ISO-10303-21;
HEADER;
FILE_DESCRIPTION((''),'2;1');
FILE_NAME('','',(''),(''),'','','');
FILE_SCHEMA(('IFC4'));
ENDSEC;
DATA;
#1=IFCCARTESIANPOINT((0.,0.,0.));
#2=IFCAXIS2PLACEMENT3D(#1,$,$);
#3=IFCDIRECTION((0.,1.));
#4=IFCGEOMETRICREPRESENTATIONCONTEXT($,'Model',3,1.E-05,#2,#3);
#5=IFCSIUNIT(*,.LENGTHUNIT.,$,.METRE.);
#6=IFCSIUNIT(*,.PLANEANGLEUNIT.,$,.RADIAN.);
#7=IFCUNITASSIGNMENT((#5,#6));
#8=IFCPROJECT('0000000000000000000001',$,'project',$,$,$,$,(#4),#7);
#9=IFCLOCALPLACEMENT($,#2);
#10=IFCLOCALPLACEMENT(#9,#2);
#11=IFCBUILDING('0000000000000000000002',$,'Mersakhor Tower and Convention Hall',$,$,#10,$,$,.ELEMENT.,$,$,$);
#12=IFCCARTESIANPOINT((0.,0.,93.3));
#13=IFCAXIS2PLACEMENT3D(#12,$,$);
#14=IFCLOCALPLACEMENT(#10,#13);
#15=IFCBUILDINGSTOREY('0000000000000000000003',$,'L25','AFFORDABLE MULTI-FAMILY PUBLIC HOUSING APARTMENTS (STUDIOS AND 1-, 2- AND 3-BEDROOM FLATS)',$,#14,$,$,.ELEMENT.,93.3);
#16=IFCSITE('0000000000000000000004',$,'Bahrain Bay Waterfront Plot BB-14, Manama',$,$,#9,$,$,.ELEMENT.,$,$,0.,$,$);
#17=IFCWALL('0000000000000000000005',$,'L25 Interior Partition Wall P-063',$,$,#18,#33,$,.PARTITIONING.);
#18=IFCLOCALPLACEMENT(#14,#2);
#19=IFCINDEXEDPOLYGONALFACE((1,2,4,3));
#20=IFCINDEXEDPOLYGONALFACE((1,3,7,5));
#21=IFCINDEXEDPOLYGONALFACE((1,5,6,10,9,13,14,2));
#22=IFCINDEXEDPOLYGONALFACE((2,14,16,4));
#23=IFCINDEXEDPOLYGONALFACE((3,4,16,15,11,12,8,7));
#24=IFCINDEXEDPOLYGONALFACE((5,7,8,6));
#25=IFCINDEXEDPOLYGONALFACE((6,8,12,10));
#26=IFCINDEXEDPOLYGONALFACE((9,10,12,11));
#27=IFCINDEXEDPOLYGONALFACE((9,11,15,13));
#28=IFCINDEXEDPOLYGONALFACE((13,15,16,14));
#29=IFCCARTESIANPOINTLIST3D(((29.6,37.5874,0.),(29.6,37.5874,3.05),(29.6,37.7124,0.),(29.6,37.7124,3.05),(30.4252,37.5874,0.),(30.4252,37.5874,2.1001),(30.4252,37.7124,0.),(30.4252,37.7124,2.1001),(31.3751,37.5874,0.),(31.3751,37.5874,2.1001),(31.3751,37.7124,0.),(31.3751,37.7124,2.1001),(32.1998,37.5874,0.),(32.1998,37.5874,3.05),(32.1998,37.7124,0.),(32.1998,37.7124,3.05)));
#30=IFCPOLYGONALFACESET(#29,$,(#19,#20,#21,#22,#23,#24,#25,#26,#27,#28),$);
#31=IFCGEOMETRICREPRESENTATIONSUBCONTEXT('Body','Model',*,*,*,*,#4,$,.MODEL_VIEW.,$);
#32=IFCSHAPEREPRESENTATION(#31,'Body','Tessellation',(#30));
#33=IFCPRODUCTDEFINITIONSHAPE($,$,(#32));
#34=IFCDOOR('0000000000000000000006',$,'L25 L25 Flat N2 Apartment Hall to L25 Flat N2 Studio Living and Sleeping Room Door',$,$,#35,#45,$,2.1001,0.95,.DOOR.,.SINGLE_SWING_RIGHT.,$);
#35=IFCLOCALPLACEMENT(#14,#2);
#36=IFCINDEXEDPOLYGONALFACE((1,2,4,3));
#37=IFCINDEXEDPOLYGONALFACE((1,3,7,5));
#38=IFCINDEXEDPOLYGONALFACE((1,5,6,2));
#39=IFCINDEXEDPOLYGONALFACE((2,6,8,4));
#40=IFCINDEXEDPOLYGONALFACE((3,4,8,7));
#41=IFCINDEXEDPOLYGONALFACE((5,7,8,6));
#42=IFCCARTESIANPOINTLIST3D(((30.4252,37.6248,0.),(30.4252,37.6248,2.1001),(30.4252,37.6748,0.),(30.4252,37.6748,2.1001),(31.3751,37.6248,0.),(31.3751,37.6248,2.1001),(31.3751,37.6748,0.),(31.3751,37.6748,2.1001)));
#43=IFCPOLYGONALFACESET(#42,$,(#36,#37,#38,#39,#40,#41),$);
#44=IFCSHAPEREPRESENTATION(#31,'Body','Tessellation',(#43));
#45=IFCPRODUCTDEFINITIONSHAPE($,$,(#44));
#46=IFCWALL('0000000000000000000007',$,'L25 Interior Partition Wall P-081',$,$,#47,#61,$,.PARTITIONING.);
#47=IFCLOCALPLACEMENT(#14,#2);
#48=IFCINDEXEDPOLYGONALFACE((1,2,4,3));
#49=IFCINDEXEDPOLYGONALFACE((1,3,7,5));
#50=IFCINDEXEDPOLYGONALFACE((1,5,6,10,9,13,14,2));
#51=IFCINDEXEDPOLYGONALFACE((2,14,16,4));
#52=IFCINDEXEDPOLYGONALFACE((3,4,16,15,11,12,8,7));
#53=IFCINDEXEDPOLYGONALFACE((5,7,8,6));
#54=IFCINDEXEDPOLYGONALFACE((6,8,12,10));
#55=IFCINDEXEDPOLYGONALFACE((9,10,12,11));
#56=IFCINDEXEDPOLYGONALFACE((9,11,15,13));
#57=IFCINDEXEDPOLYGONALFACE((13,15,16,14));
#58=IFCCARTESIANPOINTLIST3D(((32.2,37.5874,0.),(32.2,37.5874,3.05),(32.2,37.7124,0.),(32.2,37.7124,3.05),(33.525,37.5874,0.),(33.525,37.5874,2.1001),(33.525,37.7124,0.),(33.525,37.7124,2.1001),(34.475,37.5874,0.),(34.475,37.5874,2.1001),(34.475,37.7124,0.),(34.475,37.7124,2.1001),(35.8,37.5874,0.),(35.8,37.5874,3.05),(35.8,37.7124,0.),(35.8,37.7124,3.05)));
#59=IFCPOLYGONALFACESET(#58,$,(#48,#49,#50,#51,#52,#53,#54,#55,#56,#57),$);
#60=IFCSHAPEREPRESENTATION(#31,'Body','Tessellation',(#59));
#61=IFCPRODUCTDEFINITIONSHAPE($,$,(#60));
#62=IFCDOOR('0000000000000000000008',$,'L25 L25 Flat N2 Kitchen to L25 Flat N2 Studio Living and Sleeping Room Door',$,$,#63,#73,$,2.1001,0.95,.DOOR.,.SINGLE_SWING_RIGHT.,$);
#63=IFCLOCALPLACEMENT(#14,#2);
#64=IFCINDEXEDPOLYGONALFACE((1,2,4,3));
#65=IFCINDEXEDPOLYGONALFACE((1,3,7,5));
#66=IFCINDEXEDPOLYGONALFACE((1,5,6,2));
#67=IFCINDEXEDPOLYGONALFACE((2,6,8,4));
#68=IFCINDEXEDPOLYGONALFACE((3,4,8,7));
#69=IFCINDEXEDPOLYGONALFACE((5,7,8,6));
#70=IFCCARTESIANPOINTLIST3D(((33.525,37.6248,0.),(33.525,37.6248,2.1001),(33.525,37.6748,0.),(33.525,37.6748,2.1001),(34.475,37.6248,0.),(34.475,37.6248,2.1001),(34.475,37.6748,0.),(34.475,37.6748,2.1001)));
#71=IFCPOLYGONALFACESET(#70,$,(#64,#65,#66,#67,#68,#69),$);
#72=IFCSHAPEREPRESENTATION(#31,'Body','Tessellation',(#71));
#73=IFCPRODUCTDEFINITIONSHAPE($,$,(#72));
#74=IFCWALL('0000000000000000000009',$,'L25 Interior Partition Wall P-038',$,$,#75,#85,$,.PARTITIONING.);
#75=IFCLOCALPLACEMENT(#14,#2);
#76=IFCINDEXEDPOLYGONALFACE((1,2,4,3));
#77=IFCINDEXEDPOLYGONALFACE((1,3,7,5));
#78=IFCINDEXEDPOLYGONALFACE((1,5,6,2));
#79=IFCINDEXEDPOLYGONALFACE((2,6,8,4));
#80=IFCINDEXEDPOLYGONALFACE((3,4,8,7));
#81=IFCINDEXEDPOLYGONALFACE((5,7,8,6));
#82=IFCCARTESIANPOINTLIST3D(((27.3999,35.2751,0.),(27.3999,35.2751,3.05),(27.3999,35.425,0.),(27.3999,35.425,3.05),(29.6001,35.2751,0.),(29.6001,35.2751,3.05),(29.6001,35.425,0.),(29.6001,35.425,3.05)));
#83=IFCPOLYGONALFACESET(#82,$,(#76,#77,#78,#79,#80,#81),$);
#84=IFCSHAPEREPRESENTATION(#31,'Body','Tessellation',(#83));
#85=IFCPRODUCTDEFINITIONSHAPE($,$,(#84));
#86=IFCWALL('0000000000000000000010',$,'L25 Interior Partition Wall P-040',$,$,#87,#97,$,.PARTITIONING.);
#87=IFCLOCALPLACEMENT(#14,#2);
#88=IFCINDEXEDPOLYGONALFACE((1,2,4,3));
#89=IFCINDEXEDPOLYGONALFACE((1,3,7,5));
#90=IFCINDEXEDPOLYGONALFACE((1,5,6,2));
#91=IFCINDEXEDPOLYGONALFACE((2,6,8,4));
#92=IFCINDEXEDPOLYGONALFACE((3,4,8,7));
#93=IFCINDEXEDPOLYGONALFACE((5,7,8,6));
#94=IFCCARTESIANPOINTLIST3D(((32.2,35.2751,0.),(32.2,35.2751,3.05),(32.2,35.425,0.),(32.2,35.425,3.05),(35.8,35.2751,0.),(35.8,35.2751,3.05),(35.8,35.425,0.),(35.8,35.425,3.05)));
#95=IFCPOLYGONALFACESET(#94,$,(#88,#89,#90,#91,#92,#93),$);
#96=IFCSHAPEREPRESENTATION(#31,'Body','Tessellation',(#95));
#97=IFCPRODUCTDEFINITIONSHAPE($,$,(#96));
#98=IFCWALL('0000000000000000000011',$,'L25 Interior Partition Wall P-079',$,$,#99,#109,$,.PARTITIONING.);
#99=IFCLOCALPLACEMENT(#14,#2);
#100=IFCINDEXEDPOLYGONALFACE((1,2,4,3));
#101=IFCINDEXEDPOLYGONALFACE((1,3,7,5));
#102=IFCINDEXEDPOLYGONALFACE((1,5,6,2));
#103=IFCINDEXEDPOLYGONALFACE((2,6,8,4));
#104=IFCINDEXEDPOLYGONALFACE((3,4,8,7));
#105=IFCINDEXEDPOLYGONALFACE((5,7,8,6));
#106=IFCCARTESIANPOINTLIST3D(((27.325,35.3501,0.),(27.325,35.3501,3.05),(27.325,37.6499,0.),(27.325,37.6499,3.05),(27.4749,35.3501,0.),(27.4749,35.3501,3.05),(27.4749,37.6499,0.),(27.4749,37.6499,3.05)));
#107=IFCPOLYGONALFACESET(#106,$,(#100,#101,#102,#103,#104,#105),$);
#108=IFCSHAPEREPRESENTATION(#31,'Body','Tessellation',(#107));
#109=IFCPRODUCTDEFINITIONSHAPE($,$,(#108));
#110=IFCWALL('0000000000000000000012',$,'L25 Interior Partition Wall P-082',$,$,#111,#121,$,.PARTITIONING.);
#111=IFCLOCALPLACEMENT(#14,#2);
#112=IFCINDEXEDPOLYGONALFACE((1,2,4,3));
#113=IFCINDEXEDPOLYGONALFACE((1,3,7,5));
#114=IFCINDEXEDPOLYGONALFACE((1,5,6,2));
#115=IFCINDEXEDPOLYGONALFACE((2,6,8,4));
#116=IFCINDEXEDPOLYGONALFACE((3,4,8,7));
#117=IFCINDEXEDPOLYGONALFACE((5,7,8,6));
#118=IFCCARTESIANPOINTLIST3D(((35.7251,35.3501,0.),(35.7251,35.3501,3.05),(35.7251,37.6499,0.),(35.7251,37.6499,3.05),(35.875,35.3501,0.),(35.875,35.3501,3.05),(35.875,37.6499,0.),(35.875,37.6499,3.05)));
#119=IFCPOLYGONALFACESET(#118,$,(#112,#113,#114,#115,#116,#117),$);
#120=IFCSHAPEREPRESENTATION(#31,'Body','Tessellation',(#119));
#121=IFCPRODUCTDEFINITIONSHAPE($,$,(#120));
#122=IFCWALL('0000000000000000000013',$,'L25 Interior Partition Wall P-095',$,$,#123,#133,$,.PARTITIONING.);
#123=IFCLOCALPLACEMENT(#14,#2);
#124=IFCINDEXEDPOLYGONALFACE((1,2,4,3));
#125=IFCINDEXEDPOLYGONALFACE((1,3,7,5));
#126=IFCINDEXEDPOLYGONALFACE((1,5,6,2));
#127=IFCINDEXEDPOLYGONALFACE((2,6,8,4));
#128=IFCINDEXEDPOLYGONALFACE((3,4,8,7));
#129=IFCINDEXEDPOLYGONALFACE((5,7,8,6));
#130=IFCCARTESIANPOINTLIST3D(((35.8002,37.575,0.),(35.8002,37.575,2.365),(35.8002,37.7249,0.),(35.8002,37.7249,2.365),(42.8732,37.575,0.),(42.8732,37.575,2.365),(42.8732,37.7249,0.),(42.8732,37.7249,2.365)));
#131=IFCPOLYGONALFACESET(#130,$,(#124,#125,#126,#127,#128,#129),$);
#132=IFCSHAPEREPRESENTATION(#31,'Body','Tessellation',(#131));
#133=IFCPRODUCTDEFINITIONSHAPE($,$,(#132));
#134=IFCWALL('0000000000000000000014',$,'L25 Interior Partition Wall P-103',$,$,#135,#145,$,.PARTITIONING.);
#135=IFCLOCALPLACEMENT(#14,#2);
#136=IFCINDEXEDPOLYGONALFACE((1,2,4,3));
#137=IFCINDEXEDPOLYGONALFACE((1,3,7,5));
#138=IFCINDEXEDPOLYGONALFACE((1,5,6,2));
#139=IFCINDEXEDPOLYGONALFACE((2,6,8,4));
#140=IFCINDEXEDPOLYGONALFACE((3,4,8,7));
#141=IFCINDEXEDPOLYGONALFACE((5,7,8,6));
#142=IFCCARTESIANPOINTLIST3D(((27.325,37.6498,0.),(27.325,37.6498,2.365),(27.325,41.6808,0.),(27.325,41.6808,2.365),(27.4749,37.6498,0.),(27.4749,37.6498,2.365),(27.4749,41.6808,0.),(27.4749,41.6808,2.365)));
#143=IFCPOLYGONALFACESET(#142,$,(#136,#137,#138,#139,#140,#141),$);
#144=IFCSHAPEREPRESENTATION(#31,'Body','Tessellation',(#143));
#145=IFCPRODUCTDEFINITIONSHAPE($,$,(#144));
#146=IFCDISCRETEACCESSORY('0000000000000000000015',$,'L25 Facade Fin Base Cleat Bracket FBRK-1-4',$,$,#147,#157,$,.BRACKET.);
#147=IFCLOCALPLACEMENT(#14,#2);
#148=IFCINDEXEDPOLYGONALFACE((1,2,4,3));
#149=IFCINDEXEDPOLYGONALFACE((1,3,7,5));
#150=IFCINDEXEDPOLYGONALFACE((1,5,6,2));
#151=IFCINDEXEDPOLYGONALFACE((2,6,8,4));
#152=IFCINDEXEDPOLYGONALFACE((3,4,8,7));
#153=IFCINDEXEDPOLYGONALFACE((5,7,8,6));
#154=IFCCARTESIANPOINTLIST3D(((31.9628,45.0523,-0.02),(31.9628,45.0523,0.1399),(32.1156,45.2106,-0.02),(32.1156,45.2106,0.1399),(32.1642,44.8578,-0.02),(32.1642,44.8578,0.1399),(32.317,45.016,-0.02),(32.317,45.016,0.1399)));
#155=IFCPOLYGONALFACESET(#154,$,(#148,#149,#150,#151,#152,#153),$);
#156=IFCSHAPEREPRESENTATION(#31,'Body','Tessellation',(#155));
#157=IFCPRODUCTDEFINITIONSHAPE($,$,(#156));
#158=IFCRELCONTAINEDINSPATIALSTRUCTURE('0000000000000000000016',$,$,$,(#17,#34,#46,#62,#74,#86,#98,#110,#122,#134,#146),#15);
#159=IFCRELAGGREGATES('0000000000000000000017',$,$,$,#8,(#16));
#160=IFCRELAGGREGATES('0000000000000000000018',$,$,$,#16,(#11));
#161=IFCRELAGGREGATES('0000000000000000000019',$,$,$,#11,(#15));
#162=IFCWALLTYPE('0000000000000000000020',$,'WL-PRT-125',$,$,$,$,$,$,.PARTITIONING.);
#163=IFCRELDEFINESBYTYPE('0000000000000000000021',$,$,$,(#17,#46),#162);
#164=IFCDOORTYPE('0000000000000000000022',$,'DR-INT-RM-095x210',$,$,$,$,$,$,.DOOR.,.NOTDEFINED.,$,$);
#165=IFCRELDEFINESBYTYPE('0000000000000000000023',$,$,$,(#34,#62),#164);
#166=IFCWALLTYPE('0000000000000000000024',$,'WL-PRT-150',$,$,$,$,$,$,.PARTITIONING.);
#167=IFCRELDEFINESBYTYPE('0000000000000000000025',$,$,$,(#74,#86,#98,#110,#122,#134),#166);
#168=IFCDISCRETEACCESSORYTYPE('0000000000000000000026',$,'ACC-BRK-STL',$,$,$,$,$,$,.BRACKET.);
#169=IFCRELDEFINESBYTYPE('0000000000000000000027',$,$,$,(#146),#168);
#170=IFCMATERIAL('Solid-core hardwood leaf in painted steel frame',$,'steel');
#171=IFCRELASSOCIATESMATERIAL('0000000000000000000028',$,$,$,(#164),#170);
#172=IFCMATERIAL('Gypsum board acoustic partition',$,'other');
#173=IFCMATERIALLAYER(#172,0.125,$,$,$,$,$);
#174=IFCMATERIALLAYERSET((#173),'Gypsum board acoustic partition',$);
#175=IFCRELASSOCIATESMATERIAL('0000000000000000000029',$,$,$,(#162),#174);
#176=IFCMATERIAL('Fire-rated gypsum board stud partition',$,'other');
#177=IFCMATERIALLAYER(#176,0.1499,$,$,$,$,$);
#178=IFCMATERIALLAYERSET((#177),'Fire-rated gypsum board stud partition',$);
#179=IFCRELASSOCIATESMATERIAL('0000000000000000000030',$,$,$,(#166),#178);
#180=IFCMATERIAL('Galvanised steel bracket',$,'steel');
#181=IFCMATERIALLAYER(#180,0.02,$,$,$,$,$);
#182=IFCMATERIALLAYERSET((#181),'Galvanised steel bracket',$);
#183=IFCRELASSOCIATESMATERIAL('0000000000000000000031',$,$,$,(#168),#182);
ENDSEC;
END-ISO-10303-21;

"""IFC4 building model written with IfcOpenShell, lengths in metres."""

from ifc_helpers import new_model, si_unit, direction, frame, frame_2d, origin, origin_2d, place, context, subcontext, project, spatial, rectangle, extrude, material, layer, layer_set, type_object, element, fill, save


model = new_model("IFC4")

# Units and contexts
model_context = context("Model", 3, precision=1e-05, world=origin(), true_north=direction((0.0, 1.0)))
body_context = subcontext(model_context, "Body", "Model", "MODEL_VIEW")
ifc_project = project(units=[si_unit("LENGTHUNIT", "METRE"), si_unit("PLANEANGLEUNIT", "RADIAN")], contexts=[model_context])

# Site, building, storey
site_placement = place(None, origin())
site = spatial("IfcSite", under=ifc_project, at=site_placement, Name="Bahrain Bay Waterfront Plot BB-14, Manama", CompositionType="ELEMENT", RefElevation=0.0)
building_placement = place(site_placement, origin())
building = spatial("IfcBuilding", under=site, at=building_placement, Name="Mersakhor Tower and Convention Hall", CompositionType="ELEMENT")
storey_placement = place(building_placement, frame((0.0, 0.0, 93.3)))
storey = spatial("IfcBuildingStorey", under=building, at=storey_placement, Name="L25", Description="AFFORDABLE MULTI-FAMILY PUBLIC HOUSING APARTMENTS (STUDIOS AND 1-, 2- AND 3-BEDROOM FLATS)", CompositionType="ELEMENT", Elevation=93.3)

# Walls, openings, doors
ifc_material_1 = material(Name="Solid-core hardwood leaf in painted steel frame", Category="steel")
door_type_1 = type_object("IfcDoorType", Name="DR-INT-RM-095x210", OperationType="NOTDEFINED", PredefinedType="DOOR", material=ifc_material_1)
ifc_material_2 = material(Name="Gypsum board acoustic partition", Category="other")
ifc_layer_1 = layer(ifc_material_2, 0.125)
ifc_layer_set_1 = layer_set([ifc_layer_1], Name="Gypsum board acoustic partition")
wall_type_1 = type_object("IfcWallType", Name="WL-PRT-125", PredefinedType="PARTITIONING", material=ifc_layer_set_1)
wall_1_placement = place(storey_placement, frame((29.6001, 37.6499, 0.0), z_axis=(0.0, 0.0, 1.0), x_axis=(1.0, 0.0, 0.0)))
wall_1 = element("IfcWall", 1, at=wall_1_placement, inside=storey, type_object=wall_type_1, Name="L25 Interior Partition Wall P-063", PredefinedType="PARTITIONING", context=body_context, shape_type="SweptSolid", body=[
    extrude(rectangle(XDim=2.5999, YDim=0.125, at=frame_2d((1.2998, 0.0))), origin(), (0.0, 0.0, 1.0), 3.05),
])
opening_1_placement = place(wall_1_placement, frame((0.825, 0.0, 0.0)))
opening_1 = element("IfcOpeningElement", 2, at=opening_1_placement, cuts=wall_1, PredefinedType="OPENING", context=body_context, shape_type="SweptSolid", body=[
    extrude(rectangle(XDim=0.95, YDim=2.1001, at=frame_2d((0.4751, 1.05))), frame((0.0, 0.0725, 0.0), z_axis=(0.0, -1.0, 0.0), x_axis=(1.0, 0.0, 0.0)), (0.0, 0.0, 1.0), 0.145),
])
door_1_placement = place(opening_1_placement, origin())
door_1 = element("IfcDoor", 3, at=door_1_placement, inside=storey, type_object=door_type_1, Name="L25 L25 Flat N2 Apartment Hall to L25 Flat N2 Studio Living and Sleeping Room Door", OperationType="SINGLE_SWING_RIGHT", OverallHeight=2.1001, OverallWidth=0.95, PredefinedType="DOOR", context=body_context, shape_type="SweptSolid", body=[
    extrude(rectangle(XDim=0.95, YDim=2.1001, at=frame_2d((0.4751, 1.05))), frame((0.0, 0.0249, 0.0), z_axis=(0.0, -1.0, 0.0), x_axis=(1.0, 0.0, 0.0)), (0.0, 0.0, 1.0), 0.05),
])
fill(opening_1, door_1)
wall_2_placement = place(storey_placement, frame((32.2, 37.6499, 0.0), z_axis=(0.0, 0.0, 1.0), x_axis=(1.0, 0.0, 0.0)))
wall_2 = element("IfcWall", 4, at=wall_2_placement, inside=storey, type_object=wall_type_1, Name="L25 Interior Partition Wall P-081", PredefinedType="PARTITIONING", context=body_context, shape_type="SweptSolid", body=[
    extrude(rectangle(XDim=3.6001, YDim=0.125, at=frame_2d((1.8, 0.0))), origin(), (0.0, 0.0, 1.0), 3.05),
])
opening_2_placement = place(wall_2_placement, frame((1.325, 0.0, 0.0)))
opening_2 = element("IfcOpeningElement", 5, at=opening_2_placement, cuts=wall_2, PredefinedType="OPENING", context=body_context, shape_type="SweptSolid", body=[
    extrude(rectangle(XDim=0.95, YDim=2.1001, at=frame_2d((0.4751, 1.05))), frame((0.0, 0.0725, 0.0), z_axis=(0.0, -1.0, 0.0), x_axis=(1.0, 0.0, 0.0)), (0.0, 0.0, 1.0), 0.145),
])
door_2_placement = place(opening_2_placement, origin())
door_2 = element("IfcDoor", 6, at=door_2_placement, inside=storey, type_object=door_type_1, Name="L25 L25 Flat N2 Kitchen to L25 Flat N2 Studio Living and Sleeping Room Door", OperationType="SINGLE_SWING_RIGHT", OverallHeight=2.1001, OverallWidth=0.95, PredefinedType="DOOR", context=body_context, shape_type="SweptSolid", body=[
    extrude(rectangle(XDim=0.95, YDim=2.1001, at=frame_2d((0.4751, 1.05))), frame((0.0, 0.0249, 0.0), z_axis=(0.0, -1.0, 0.0), x_axis=(1.0, 0.0, 0.0)), (0.0, 0.0, 1.0), 0.05),
])
fill(opening_2, door_2)

# Wall
ifc_material_3 = material(Name="Fire-rated gypsum board stud partition", Category="other")
ifc_layer_2 = layer(ifc_material_3, 0.1499)
ifc_layer_set_2 = layer_set([ifc_layer_2], Name="Fire-rated gypsum board stud partition")
wall_type_2 = type_object("IfcWallType", Name="WL-PRT-150", PredefinedType="PARTITIONING", material=ifc_layer_set_2)
wall_3_placement = place(storey_placement, frame((27.3999, 35.3501, 0.0), z_axis=(0.0, 0.0, 1.0), x_axis=(1.0, 0.0, 0.0)))
element("IfcWall", 7, at=wall_3_placement, inside=storey, type_object=wall_type_2, Name="L25 Interior Partition Wall P-038", PredefinedType="PARTITIONING", context=body_context, shape_type="SweptSolid", body=[
    extrude(rectangle(XDim=2.2002, YDim=0.1499, at=frame_2d((1.1001, 0.0))), origin(), (0.0, 0.0, 1.0), 3.05),
])

# Wall
wall_4_placement = place(storey_placement, frame((32.2, 35.3501, 0.0), z_axis=(0.0, 0.0, 1.0), x_axis=(1.0, 0.0, 0.0)))
element("IfcWall", 8, at=wall_4_placement, inside=storey, type_object=wall_type_2, Name="L25 Interior Partition Wall P-040", PredefinedType="PARTITIONING", context=body_context, shape_type="SweptSolid", body=[
    extrude(rectangle(XDim=3.6001, YDim=0.1499, at=frame_2d((1.8, 0.0))), origin(), (0.0, 0.0, 1.0), 3.05),
])

# Walls
for number, where, z_axis, x_axis, name in (
    (9, (27.3999, 37.6499, 0.0), (0.0, 0.0, 1.0), (0.0, -1.0, 0.0), "L25 Interior Partition Wall P-079"),
    (10, (35.8, 37.6499, 0.0), (0.0, 0.0, 1.0), (0.0, -1.0, 0.0), "L25 Interior Partition Wall P-082"),
):
    element("IfcWall", number, at=place(storey_placement, frame(where, z_axis=z_axis, x_axis=x_axis)), inside=storey, type_object=wall_type_2, Name=name, PredefinedType="PARTITIONING", context=body_context, shape_type="SweptSolid", body=[
        extrude(rectangle(XDim=2.2998, YDim=0.1499, at=frame_2d((1.1499, 0.0))), origin(), (0.0, 0.0, 1.0), 3.05),
    ])
wall_5_placement = place(storey_placement, frame((35.8, 37.6499, 0.0), z_axis=(0.0, 0.0, 1.0), x_axis=(1.0, 0.0, 0.0)))
element("IfcWall", 11, at=wall_5_placement, inside=storey, type_object=wall_type_2, Name="L25 Interior Partition Wall P-095", PredefinedType="PARTITIONING", context=body_context, shape_type="SweptSolid", body=[
    extrude(rectangle(XDim=7.073, YDim=0.1499, at=frame_2d((3.5366, 0.0))), origin(), (0.0, 0.0, 1.0), 2.365),
])
wall_6_placement = place(storey_placement, frame((27.3999, 41.6809, 0.0), z_axis=(0.0, 0.0, 1.0), x_axis=(0.0, -1.0, 0.0)))
element("IfcWall", 12, at=wall_6_placement, inside=storey, type_object=wall_type_2, Name="L25 Interior Partition Wall P-103", PredefinedType="PARTITIONING", context=body_context, shape_type="SweptSolid", body=[
    extrude(rectangle(XDim=4.031, YDim=0.1499, at=frame_2d((2.0156, 0.0))), origin(), (0.0, 0.0, 1.0), 2.365),
])

# Discrete accessory
ifc_material_4 = material(Name="Galvanised steel bracket", Category="steel")
ifc_layer_3 = layer(ifc_material_4, 0.02)
ifc_layer_set_3 = layer_set([ifc_layer_3], Name="Galvanised steel bracket")
discrete_accessory_type = type_object("IfcDiscreteAccessoryType", Name="ACC-BRK-STL", PredefinedType="BRACKET", material=ifc_layer_set_3)
discrete_accessory_placement = place(storey_placement, frame((32.1399, 45.0342, -0.02), z_axis=(0.0, 0.0, 1.0), x_axis=(-0.71934, 0.694658, 0.0)))
element("IfcDiscreteAccessory", 13, at=discrete_accessory_placement, inside=storey, type_object=discrete_accessory_type, Name="L25 Facade Fin Base Cleat Bracket FBRK-1-4", PredefinedType="BRACKET", context=body_context, shape_type="SweptSolid", body=[
    extrude(rectangle(XDim=0.28, YDim=0.22, at=origin_2d()), origin(), (0.0, 0.0, 1.0), 0.1599),
])

save(model, "model.ifc")
